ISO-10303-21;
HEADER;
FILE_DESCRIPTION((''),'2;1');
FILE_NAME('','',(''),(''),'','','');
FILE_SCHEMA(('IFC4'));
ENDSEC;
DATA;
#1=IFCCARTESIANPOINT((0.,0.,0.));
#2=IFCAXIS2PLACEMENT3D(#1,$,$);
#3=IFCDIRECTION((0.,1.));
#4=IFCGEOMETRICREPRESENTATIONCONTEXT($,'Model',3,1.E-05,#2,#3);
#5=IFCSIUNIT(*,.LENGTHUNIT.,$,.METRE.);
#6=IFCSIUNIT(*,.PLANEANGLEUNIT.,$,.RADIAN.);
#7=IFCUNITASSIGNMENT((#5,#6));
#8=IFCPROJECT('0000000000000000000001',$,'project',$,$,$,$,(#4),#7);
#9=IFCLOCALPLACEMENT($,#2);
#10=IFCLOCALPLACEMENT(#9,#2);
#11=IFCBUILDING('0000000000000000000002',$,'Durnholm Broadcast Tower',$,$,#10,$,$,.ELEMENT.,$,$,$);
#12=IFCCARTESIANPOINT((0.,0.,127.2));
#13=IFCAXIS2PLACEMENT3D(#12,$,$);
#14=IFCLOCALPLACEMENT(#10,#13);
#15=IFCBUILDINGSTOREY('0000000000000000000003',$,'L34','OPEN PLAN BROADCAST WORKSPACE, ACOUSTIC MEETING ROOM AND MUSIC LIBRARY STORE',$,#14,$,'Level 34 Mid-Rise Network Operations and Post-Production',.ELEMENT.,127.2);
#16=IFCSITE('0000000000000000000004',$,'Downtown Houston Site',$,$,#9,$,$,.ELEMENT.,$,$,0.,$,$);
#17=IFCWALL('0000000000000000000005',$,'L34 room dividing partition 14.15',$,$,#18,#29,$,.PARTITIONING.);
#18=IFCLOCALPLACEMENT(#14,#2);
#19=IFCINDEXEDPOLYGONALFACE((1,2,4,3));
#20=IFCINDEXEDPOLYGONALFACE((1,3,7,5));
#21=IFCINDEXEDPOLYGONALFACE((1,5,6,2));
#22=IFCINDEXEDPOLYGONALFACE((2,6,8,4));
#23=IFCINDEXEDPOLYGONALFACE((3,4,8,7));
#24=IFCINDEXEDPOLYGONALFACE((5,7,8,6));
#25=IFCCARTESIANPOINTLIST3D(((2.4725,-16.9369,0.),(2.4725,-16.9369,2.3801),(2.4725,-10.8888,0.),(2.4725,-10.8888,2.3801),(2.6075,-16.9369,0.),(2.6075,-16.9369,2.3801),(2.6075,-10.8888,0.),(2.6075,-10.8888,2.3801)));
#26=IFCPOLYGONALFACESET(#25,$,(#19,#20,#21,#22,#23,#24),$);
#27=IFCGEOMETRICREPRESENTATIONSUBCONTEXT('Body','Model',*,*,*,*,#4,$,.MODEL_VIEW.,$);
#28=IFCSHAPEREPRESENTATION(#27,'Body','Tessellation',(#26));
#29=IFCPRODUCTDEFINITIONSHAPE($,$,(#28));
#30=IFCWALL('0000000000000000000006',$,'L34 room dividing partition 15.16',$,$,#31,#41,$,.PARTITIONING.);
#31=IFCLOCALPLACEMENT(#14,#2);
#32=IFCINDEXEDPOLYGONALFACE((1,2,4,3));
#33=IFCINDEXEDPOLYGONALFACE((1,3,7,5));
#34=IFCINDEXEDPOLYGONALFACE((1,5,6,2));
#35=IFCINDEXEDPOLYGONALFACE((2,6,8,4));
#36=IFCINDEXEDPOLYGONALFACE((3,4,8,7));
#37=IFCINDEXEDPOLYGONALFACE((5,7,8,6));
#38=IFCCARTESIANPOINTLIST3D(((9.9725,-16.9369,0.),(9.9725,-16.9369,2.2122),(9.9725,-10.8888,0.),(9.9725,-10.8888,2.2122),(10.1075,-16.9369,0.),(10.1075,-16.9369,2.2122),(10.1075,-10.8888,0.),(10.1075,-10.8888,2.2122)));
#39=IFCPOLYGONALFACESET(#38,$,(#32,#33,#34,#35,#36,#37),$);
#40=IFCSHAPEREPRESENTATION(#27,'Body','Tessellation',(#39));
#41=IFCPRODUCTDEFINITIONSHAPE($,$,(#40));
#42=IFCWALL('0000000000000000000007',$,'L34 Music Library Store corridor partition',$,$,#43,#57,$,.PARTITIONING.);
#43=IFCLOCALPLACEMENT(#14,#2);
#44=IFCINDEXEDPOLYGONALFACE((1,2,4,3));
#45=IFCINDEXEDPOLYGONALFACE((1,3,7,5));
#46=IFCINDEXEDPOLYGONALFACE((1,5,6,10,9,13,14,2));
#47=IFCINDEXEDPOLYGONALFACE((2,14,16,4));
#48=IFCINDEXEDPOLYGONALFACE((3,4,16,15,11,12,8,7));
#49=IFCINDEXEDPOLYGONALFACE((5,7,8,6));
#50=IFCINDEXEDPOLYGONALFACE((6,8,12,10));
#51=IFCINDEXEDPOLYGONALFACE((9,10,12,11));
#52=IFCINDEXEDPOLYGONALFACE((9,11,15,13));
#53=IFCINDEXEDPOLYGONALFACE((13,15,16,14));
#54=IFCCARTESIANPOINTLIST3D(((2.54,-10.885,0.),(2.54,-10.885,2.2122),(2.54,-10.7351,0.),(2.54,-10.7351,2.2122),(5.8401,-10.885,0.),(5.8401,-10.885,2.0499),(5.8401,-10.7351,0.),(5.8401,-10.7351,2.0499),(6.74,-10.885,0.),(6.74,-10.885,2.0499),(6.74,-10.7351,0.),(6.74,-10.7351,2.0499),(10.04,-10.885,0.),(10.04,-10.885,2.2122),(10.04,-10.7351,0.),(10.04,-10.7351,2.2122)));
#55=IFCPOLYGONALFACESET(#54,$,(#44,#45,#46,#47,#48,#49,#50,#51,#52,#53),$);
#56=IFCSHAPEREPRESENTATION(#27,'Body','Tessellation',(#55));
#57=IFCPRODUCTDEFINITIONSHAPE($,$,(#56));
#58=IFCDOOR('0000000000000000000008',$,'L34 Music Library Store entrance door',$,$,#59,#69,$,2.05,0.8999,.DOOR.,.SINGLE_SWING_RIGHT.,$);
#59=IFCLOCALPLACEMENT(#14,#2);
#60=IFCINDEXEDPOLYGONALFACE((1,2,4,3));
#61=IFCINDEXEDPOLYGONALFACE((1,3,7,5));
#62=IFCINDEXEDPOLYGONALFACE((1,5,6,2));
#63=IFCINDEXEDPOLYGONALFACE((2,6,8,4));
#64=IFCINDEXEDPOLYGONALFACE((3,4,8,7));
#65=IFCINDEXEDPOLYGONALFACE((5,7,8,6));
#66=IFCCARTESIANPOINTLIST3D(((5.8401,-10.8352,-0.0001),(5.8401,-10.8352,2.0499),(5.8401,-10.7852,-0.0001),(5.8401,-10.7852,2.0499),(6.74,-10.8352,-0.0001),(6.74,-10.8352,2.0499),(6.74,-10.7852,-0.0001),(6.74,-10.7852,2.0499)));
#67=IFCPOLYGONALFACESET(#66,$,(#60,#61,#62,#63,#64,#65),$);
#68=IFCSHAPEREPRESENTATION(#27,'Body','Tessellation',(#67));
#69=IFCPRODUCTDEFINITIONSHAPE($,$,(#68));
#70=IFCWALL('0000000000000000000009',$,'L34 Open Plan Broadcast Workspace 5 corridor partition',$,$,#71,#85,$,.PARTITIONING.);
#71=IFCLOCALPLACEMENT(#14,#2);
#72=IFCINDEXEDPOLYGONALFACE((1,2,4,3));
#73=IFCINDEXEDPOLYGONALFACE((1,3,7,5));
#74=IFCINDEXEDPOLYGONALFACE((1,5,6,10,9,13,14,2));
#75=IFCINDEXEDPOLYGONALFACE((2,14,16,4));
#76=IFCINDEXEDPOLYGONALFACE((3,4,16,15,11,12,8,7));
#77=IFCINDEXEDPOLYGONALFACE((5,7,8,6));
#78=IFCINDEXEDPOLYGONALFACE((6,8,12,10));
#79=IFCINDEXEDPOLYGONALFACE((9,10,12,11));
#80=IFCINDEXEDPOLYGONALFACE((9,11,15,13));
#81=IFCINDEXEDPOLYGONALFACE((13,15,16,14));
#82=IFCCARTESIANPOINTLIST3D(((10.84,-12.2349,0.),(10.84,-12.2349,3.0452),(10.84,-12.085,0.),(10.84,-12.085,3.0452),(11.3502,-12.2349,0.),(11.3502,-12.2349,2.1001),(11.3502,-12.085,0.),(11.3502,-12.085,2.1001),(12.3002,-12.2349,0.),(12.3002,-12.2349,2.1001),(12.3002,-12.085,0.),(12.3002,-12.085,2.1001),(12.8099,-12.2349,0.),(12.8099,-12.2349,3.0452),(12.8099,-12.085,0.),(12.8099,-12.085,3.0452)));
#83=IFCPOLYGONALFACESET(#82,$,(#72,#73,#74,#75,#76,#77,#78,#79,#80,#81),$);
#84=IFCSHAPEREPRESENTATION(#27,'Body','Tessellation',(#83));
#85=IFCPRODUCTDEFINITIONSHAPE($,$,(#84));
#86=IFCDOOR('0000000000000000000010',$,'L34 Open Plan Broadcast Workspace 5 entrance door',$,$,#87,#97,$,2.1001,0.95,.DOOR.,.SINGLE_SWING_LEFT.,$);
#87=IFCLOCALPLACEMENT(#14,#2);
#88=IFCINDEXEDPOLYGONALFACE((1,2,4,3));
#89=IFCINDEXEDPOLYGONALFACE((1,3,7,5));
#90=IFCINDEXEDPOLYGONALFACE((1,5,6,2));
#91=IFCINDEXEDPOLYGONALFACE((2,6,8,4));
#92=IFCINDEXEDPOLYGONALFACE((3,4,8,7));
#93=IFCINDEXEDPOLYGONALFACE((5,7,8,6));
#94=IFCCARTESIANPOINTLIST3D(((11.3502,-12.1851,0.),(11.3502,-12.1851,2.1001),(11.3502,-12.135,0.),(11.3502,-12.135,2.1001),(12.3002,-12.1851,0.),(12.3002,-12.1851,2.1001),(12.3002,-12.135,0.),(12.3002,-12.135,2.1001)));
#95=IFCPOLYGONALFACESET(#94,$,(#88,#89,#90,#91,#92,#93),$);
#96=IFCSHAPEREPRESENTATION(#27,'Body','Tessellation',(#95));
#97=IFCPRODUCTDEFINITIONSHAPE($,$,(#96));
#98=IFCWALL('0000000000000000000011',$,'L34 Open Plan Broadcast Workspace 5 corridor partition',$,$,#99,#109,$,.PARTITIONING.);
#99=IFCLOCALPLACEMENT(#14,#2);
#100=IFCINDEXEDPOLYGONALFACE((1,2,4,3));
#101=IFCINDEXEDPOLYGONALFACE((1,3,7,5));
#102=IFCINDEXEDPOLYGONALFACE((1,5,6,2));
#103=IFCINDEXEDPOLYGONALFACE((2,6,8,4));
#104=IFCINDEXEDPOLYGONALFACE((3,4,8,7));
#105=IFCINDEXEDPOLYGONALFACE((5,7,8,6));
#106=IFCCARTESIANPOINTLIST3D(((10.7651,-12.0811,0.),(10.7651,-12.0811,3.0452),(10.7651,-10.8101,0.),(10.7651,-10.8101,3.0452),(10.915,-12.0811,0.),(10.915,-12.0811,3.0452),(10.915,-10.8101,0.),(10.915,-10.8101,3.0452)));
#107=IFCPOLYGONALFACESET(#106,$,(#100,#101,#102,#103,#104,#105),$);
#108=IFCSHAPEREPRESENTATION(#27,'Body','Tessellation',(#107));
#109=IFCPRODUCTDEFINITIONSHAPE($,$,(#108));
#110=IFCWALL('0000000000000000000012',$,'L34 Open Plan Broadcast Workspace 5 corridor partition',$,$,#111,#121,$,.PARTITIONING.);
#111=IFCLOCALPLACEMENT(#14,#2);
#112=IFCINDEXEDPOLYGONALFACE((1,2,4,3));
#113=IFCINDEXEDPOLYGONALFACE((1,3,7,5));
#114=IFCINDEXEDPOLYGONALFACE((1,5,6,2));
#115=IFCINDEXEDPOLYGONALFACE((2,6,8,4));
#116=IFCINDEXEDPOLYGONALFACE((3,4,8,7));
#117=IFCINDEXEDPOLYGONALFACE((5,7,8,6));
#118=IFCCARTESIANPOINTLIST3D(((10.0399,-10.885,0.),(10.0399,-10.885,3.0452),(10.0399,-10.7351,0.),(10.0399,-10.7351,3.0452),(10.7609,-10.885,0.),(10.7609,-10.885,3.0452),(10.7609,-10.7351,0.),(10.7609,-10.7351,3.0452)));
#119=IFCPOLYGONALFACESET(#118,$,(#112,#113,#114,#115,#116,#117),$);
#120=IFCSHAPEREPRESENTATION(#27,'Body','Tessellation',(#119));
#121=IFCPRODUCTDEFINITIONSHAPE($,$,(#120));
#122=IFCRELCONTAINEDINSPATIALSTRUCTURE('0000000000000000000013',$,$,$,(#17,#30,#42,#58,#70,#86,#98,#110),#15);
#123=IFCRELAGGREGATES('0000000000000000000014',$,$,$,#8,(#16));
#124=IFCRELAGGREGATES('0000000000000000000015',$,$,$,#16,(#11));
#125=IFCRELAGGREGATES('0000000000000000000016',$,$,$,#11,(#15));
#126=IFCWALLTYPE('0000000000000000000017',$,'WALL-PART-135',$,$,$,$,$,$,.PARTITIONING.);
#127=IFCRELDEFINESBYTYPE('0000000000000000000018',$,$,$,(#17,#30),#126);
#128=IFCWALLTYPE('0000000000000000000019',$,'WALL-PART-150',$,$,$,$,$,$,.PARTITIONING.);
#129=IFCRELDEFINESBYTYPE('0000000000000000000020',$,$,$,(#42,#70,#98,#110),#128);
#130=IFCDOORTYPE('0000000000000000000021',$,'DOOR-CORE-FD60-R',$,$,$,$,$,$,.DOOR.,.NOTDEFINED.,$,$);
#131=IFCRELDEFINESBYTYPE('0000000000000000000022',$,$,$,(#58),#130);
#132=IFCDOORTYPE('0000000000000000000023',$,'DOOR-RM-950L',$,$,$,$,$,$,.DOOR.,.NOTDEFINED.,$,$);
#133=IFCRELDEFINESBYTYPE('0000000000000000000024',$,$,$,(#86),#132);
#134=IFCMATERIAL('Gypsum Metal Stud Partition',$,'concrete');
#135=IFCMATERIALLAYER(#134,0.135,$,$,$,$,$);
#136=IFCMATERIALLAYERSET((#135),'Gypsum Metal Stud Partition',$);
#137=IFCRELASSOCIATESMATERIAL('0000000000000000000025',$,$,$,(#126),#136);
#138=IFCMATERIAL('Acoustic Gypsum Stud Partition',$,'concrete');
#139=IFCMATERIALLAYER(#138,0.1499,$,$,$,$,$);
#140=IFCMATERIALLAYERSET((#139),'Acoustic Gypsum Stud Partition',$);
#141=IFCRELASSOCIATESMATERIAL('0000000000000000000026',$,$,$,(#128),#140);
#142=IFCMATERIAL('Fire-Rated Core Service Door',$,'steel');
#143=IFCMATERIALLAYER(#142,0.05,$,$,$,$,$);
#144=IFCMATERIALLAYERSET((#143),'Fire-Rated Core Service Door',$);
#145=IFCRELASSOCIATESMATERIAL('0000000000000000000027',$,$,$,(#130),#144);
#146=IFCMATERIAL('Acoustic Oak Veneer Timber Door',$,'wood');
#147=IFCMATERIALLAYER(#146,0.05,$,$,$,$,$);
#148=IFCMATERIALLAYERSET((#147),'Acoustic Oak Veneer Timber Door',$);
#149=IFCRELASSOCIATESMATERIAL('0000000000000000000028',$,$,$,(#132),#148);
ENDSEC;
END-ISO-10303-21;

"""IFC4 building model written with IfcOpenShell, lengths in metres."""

from ifc_helpers import new_model, si_unit, direction, frame, frame_2d, origin, place, context, subcontext, project, spatial, rectangle, extrude, source, transform, mapped, material, layer, layer_set, type_object, type_shapes, element, fill, save


model = new_model("IFC4")

# Units and contexts
model_context = context("Model", 3, precision=1e-05, world=origin(), true_north=direction((0.0, 1.0)))
body_context = subcontext(model_context, "Body", "Model", "MODEL_VIEW")
ifc_project = project(units=[si_unit("LENGTHUNIT", "METRE"), si_unit("PLANEANGLEUNIT", "RADIAN")], contexts=[model_context])

# Site, building, storey
site_placement = place(None, origin())
site = spatial("IfcSite", under=ifc_project, at=site_placement, Name="Downtown Houston Site", CompositionType="ELEMENT", RefElevation=0.0)
building_placement = place(site_placement, origin())
building = spatial("IfcBuilding", under=site, at=building_placement, Name="Durnholm Broadcast Tower", CompositionType="ELEMENT")
storey_placement = place(building_placement, frame((0.0, 0.0, 127.2)))
storey = spatial("IfcBuildingStorey", under=building, at=storey_placement, Name="L34", Description="OPEN PLAN BROADCAST WORKSPACE, ACOUSTIC MEETING ROOM AND MUSIC LIBRARY STORE", LongName="Level 34 Mid-Rise Network Operations and Post-Production", CompositionType="ELEMENT", Elevation=127.2)

# Walls
ifc_material_1 = material(Name="Gypsum Metal Stud Partition", Category="concrete")
ifc_layer_1 = layer(ifc_material_1, 0.135)
ifc_layer_set_1 = layer_set([ifc_layer_1], Name="Gypsum Metal Stud Partition")
wall_type_1 = type_object("IfcWallType", Name="WALL-PART-135", PredefinedType="PARTITIONING", material=ifc_layer_set_1)
wall_1_placement = place(storey_placement, frame((2.54, -10.8889, 0.0), z_axis=(0.0, 0.0, 1.0), x_axis=(0.0, -1.0, 0.0)))
element("IfcWall", 1, at=wall_1_placement, inside=storey, type_object=wall_type_1, Name="L34 room dividing partition 14.15", PredefinedType="PARTITIONING", context=body_context, shape_type="SweptSolid", body=[
    extrude(rectangle(XDim=6.0481, YDim=0.135, at=frame_2d((3.0239, 0.0))), origin(), (0.0, 0.0, 1.0), 2.3801),
])
wall_2_placement = place(storey_placement, frame((10.04, -10.8889, 0.0), z_axis=(0.0, 0.0, 1.0), x_axis=(0.0, -1.0, 0.0)))
element("IfcWall", 2, at=wall_2_placement, inside=storey, type_object=wall_type_1, Name="L34 room dividing partition 15.16", PredefinedType="PARTITIONING", context=body_context, shape_type="SweptSolid", body=[
    extrude(rectangle(XDim=6.0481, YDim=0.135, at=frame_2d((3.0239, 0.0))), origin(), (0.0, 0.0, 1.0), 2.2122),
])

# Walls, openings, doors
ifc_material_2 = material(Name="Acoustic Gypsum Stud Partition", Category="concrete")
ifc_layer_2 = layer(ifc_material_2, 0.1499)
ifc_layer_set_2 = layer_set([ifc_layer_2], Name="Acoustic Gypsum Stud Partition")
wall_type_2 = type_object("IfcWallType", Name="WALL-PART-150", PredefinedType="PARTITIONING", material=ifc_layer_set_2)
wall_3_placement = place(storey_placement, frame((2.54, -10.8101, 0.0), z_axis=(0.0, 0.0, 1.0), x_axis=(1.0, 0.0, 0.0)))
wall_3 = element("IfcWall", 3, at=wall_3_placement, inside=storey, type_object=wall_type_2, Name="L34 Music Library Store corridor partition", PredefinedType="PARTITIONING", context=body_context, shape_type="SweptSolid", body=[
    extrude(rectangle(XDim=7.5, YDim=0.1499, at=frame_2d((3.75, 0.0))), origin(), (0.0, 0.0, 1.0), 2.2122),
])
opening_1_placement = place(wall_3_placement, frame((3.3, 0.0, 0.0)))
opening_1 = element("IfcOpeningElement", 4, at=opening_1_placement, cuts=wall_3, PredefinedType="OPENING", context=body_context, shape_type="SweptSolid", body=[
    extrude(rectangle(XDim=0.8999, YDim=2.05, at=frame_2d((0.45, 1.0249))), frame((0.0, 0.085, 0.0), z_axis=(0.0, -1.0, 0.0), x_axis=(1.0, 0.0, 0.0)), (0.0, 0.0, 1.0), 0.1699),
])
ifc_material_3 = material(Name="Fire-Rated Core Service Door", Category="steel")
ifc_layer_3 = layer(ifc_material_3, 0.05)
ifc_layer_set_3 = layer_set([ifc_layer_3], Name="Fire-Rated Core Service Door")
door_type_1 = type_object("IfcDoorType", Name="DOOR-CORE-FD60-R", OperationType="NOTDEFINED", PredefinedType="DOOR", material=ifc_layer_set_3)
shared_shape_1 = source(origin(), body_context, "Body", "SweptSolid", [
    extrude(rectangle(XDim=0.8999, YDim=2.05, at=frame_2d((0.45, 1.0249))), frame((0.0, 0.0249, 0.0), z_axis=(0.0, -1.0, 0.0), x_axis=(1.0, 0.0, 0.0)), (0.0, 0.0, 1.0), 0.05),
])
type_shapes(door_type_1, [shared_shape_1])
door_1_placement = place(opening_1_placement, origin())
door_1 = element("IfcDoor", 5, at=door_1_placement, inside=storey, type_object=door_type_1, Name="L34 Music Library Store entrance door", OperationType="SINGLE_SWING_RIGHT", OverallHeight=2.05, OverallWidth=0.8999, PredefinedType="DOOR", context=body_context, shape_type="MappedRepresentation", body=[
    mapped(shared_shape_1, transform((0.0, 0.0, 0.0), x_axis=(1.0, 0.0, 0.0), y_axis=(0.0, 1.0, 0.0), z_axis=(0.0, 0.0, 1.0), scale=1.0)),
])
fill(opening_1, door_1)
wall_4_placement = place(storey_placement, frame((10.8401, -12.1599, 0.0), z_axis=(0.0, 0.0, 1.0), x_axis=(1.0, 0.0, 0.0)))
wall_4 = element("IfcWall", 6, at=wall_4_placement, inside=storey, type_object=wall_type_2, Name="L34 Open Plan Broadcast Workspace 5 corridor partition", PredefinedType="PARTITIONING", context=body_context, shape_type="SweptSolid", body=[
    extrude(rectangle(XDim=1.97, YDim=0.1499, at=frame_2d((0.9849, 0.0))), origin(), (0.0, 0.0, 1.0), 3.0452),
])
opening_2_placement = place(wall_4_placement, frame((0.51, 0.0, 0.0)))
opening_2 = element("IfcOpeningElement", 7, at=opening_2_placement, cuts=wall_4, PredefinedType="OPENING", context=body_context, shape_type="SweptSolid", body=[
    extrude(rectangle(XDim=0.95, YDim=2.1001, at=frame_2d((0.4751, 1.05))), frame((0.0, 0.085, 0.0), z_axis=(0.0, -1.0, 0.0), x_axis=(1.0, 0.0, 0.0)), (0.0, 0.0, 1.0), 0.1699),
])
ifc_material_4 = material(Name="Acoustic Oak Veneer Timber Door", Category="wood")
ifc_layer_4 = layer(ifc_material_4, 0.05)
ifc_layer_set_4 = layer_set([ifc_layer_4], Name="Acoustic Oak Veneer Timber Door")
door_type_2 = type_object("IfcDoorType", Name="DOOR-RM-950L", OperationType="NOTDEFINED", PredefinedType="DOOR", material=ifc_layer_set_4)
shared_shape_2 = source(origin(), body_context, "Body", "SweptSolid", [
    extrude(rectangle(XDim=0.95, YDim=2.1001, at=frame_2d((0.4751, 1.05))), frame((0.0, 0.0249, 0.0), z_axis=(0.0, -1.0, 0.0), x_axis=(1.0, 0.0, 0.0)), (0.0, 0.0, 1.0), 0.05),
])
type_shapes(door_type_2, [shared_shape_2])
door_2_placement = place(opening_2_placement, origin())
door_2 = element("IfcDoor", 8, at=door_2_placement, inside=storey, type_object=door_type_2, Name="L34 Open Plan Broadcast Workspace 5 entrance door", OperationType="SINGLE_SWING_LEFT", OverallHeight=2.1001, OverallWidth=0.95, PredefinedType="DOOR", context=body_context, shape_type="MappedRepresentation", body=[
    mapped(shared_shape_2, transform((0.0, 0.0, 0.0), x_axis=(1.0, 0.0, 0.0), y_axis=(0.0, 1.0, 0.0), z_axis=(0.0, 0.0, 1.0), scale=1.0)),
])
fill(opening_2, door_2)

# Walls
wall_5_placement = place(storey_placement, frame((10.8401, -10.8101, 0.0), z_axis=(0.0, 0.0, 1.0), x_axis=(0.0, -1.0, 0.0)))
element("IfcWall", 9, at=wall_5_placement, inside=storey, type_object=wall_type_2, Name="L34 Open Plan Broadcast Workspace 5 corridor partition", PredefinedType="PARTITIONING", context=body_context, shape_type="SweptSolid", body=[
    extrude(rectangle(XDim=1.271, YDim=0.1499, at=frame_2d((0.6355, 0.0))), origin(), (0.0, 0.0, 1.0), 3.0452),
])
wall_6_placement = place(storey_placement, frame((10.04, -10.8101, 0.0), z_axis=(0.0, 0.0, 1.0), x_axis=(1.0, 0.0, 0.0)))
element("IfcWall", 10, at=wall_6_placement, inside=storey, type_object=wall_type_2, Name="L34 Open Plan Broadcast Workspace 5 corridor partition", PredefinedType="PARTITIONING", context=body_context, shape_type="SweptSolid", body=[
    extrude(rectangle(XDim=0.7209, YDim=0.1499, at=frame_2d((0.3604, 0.0))), origin(), (0.0, 0.0, 1.0), 3.0452),
])

save(model, "model.ifc")
